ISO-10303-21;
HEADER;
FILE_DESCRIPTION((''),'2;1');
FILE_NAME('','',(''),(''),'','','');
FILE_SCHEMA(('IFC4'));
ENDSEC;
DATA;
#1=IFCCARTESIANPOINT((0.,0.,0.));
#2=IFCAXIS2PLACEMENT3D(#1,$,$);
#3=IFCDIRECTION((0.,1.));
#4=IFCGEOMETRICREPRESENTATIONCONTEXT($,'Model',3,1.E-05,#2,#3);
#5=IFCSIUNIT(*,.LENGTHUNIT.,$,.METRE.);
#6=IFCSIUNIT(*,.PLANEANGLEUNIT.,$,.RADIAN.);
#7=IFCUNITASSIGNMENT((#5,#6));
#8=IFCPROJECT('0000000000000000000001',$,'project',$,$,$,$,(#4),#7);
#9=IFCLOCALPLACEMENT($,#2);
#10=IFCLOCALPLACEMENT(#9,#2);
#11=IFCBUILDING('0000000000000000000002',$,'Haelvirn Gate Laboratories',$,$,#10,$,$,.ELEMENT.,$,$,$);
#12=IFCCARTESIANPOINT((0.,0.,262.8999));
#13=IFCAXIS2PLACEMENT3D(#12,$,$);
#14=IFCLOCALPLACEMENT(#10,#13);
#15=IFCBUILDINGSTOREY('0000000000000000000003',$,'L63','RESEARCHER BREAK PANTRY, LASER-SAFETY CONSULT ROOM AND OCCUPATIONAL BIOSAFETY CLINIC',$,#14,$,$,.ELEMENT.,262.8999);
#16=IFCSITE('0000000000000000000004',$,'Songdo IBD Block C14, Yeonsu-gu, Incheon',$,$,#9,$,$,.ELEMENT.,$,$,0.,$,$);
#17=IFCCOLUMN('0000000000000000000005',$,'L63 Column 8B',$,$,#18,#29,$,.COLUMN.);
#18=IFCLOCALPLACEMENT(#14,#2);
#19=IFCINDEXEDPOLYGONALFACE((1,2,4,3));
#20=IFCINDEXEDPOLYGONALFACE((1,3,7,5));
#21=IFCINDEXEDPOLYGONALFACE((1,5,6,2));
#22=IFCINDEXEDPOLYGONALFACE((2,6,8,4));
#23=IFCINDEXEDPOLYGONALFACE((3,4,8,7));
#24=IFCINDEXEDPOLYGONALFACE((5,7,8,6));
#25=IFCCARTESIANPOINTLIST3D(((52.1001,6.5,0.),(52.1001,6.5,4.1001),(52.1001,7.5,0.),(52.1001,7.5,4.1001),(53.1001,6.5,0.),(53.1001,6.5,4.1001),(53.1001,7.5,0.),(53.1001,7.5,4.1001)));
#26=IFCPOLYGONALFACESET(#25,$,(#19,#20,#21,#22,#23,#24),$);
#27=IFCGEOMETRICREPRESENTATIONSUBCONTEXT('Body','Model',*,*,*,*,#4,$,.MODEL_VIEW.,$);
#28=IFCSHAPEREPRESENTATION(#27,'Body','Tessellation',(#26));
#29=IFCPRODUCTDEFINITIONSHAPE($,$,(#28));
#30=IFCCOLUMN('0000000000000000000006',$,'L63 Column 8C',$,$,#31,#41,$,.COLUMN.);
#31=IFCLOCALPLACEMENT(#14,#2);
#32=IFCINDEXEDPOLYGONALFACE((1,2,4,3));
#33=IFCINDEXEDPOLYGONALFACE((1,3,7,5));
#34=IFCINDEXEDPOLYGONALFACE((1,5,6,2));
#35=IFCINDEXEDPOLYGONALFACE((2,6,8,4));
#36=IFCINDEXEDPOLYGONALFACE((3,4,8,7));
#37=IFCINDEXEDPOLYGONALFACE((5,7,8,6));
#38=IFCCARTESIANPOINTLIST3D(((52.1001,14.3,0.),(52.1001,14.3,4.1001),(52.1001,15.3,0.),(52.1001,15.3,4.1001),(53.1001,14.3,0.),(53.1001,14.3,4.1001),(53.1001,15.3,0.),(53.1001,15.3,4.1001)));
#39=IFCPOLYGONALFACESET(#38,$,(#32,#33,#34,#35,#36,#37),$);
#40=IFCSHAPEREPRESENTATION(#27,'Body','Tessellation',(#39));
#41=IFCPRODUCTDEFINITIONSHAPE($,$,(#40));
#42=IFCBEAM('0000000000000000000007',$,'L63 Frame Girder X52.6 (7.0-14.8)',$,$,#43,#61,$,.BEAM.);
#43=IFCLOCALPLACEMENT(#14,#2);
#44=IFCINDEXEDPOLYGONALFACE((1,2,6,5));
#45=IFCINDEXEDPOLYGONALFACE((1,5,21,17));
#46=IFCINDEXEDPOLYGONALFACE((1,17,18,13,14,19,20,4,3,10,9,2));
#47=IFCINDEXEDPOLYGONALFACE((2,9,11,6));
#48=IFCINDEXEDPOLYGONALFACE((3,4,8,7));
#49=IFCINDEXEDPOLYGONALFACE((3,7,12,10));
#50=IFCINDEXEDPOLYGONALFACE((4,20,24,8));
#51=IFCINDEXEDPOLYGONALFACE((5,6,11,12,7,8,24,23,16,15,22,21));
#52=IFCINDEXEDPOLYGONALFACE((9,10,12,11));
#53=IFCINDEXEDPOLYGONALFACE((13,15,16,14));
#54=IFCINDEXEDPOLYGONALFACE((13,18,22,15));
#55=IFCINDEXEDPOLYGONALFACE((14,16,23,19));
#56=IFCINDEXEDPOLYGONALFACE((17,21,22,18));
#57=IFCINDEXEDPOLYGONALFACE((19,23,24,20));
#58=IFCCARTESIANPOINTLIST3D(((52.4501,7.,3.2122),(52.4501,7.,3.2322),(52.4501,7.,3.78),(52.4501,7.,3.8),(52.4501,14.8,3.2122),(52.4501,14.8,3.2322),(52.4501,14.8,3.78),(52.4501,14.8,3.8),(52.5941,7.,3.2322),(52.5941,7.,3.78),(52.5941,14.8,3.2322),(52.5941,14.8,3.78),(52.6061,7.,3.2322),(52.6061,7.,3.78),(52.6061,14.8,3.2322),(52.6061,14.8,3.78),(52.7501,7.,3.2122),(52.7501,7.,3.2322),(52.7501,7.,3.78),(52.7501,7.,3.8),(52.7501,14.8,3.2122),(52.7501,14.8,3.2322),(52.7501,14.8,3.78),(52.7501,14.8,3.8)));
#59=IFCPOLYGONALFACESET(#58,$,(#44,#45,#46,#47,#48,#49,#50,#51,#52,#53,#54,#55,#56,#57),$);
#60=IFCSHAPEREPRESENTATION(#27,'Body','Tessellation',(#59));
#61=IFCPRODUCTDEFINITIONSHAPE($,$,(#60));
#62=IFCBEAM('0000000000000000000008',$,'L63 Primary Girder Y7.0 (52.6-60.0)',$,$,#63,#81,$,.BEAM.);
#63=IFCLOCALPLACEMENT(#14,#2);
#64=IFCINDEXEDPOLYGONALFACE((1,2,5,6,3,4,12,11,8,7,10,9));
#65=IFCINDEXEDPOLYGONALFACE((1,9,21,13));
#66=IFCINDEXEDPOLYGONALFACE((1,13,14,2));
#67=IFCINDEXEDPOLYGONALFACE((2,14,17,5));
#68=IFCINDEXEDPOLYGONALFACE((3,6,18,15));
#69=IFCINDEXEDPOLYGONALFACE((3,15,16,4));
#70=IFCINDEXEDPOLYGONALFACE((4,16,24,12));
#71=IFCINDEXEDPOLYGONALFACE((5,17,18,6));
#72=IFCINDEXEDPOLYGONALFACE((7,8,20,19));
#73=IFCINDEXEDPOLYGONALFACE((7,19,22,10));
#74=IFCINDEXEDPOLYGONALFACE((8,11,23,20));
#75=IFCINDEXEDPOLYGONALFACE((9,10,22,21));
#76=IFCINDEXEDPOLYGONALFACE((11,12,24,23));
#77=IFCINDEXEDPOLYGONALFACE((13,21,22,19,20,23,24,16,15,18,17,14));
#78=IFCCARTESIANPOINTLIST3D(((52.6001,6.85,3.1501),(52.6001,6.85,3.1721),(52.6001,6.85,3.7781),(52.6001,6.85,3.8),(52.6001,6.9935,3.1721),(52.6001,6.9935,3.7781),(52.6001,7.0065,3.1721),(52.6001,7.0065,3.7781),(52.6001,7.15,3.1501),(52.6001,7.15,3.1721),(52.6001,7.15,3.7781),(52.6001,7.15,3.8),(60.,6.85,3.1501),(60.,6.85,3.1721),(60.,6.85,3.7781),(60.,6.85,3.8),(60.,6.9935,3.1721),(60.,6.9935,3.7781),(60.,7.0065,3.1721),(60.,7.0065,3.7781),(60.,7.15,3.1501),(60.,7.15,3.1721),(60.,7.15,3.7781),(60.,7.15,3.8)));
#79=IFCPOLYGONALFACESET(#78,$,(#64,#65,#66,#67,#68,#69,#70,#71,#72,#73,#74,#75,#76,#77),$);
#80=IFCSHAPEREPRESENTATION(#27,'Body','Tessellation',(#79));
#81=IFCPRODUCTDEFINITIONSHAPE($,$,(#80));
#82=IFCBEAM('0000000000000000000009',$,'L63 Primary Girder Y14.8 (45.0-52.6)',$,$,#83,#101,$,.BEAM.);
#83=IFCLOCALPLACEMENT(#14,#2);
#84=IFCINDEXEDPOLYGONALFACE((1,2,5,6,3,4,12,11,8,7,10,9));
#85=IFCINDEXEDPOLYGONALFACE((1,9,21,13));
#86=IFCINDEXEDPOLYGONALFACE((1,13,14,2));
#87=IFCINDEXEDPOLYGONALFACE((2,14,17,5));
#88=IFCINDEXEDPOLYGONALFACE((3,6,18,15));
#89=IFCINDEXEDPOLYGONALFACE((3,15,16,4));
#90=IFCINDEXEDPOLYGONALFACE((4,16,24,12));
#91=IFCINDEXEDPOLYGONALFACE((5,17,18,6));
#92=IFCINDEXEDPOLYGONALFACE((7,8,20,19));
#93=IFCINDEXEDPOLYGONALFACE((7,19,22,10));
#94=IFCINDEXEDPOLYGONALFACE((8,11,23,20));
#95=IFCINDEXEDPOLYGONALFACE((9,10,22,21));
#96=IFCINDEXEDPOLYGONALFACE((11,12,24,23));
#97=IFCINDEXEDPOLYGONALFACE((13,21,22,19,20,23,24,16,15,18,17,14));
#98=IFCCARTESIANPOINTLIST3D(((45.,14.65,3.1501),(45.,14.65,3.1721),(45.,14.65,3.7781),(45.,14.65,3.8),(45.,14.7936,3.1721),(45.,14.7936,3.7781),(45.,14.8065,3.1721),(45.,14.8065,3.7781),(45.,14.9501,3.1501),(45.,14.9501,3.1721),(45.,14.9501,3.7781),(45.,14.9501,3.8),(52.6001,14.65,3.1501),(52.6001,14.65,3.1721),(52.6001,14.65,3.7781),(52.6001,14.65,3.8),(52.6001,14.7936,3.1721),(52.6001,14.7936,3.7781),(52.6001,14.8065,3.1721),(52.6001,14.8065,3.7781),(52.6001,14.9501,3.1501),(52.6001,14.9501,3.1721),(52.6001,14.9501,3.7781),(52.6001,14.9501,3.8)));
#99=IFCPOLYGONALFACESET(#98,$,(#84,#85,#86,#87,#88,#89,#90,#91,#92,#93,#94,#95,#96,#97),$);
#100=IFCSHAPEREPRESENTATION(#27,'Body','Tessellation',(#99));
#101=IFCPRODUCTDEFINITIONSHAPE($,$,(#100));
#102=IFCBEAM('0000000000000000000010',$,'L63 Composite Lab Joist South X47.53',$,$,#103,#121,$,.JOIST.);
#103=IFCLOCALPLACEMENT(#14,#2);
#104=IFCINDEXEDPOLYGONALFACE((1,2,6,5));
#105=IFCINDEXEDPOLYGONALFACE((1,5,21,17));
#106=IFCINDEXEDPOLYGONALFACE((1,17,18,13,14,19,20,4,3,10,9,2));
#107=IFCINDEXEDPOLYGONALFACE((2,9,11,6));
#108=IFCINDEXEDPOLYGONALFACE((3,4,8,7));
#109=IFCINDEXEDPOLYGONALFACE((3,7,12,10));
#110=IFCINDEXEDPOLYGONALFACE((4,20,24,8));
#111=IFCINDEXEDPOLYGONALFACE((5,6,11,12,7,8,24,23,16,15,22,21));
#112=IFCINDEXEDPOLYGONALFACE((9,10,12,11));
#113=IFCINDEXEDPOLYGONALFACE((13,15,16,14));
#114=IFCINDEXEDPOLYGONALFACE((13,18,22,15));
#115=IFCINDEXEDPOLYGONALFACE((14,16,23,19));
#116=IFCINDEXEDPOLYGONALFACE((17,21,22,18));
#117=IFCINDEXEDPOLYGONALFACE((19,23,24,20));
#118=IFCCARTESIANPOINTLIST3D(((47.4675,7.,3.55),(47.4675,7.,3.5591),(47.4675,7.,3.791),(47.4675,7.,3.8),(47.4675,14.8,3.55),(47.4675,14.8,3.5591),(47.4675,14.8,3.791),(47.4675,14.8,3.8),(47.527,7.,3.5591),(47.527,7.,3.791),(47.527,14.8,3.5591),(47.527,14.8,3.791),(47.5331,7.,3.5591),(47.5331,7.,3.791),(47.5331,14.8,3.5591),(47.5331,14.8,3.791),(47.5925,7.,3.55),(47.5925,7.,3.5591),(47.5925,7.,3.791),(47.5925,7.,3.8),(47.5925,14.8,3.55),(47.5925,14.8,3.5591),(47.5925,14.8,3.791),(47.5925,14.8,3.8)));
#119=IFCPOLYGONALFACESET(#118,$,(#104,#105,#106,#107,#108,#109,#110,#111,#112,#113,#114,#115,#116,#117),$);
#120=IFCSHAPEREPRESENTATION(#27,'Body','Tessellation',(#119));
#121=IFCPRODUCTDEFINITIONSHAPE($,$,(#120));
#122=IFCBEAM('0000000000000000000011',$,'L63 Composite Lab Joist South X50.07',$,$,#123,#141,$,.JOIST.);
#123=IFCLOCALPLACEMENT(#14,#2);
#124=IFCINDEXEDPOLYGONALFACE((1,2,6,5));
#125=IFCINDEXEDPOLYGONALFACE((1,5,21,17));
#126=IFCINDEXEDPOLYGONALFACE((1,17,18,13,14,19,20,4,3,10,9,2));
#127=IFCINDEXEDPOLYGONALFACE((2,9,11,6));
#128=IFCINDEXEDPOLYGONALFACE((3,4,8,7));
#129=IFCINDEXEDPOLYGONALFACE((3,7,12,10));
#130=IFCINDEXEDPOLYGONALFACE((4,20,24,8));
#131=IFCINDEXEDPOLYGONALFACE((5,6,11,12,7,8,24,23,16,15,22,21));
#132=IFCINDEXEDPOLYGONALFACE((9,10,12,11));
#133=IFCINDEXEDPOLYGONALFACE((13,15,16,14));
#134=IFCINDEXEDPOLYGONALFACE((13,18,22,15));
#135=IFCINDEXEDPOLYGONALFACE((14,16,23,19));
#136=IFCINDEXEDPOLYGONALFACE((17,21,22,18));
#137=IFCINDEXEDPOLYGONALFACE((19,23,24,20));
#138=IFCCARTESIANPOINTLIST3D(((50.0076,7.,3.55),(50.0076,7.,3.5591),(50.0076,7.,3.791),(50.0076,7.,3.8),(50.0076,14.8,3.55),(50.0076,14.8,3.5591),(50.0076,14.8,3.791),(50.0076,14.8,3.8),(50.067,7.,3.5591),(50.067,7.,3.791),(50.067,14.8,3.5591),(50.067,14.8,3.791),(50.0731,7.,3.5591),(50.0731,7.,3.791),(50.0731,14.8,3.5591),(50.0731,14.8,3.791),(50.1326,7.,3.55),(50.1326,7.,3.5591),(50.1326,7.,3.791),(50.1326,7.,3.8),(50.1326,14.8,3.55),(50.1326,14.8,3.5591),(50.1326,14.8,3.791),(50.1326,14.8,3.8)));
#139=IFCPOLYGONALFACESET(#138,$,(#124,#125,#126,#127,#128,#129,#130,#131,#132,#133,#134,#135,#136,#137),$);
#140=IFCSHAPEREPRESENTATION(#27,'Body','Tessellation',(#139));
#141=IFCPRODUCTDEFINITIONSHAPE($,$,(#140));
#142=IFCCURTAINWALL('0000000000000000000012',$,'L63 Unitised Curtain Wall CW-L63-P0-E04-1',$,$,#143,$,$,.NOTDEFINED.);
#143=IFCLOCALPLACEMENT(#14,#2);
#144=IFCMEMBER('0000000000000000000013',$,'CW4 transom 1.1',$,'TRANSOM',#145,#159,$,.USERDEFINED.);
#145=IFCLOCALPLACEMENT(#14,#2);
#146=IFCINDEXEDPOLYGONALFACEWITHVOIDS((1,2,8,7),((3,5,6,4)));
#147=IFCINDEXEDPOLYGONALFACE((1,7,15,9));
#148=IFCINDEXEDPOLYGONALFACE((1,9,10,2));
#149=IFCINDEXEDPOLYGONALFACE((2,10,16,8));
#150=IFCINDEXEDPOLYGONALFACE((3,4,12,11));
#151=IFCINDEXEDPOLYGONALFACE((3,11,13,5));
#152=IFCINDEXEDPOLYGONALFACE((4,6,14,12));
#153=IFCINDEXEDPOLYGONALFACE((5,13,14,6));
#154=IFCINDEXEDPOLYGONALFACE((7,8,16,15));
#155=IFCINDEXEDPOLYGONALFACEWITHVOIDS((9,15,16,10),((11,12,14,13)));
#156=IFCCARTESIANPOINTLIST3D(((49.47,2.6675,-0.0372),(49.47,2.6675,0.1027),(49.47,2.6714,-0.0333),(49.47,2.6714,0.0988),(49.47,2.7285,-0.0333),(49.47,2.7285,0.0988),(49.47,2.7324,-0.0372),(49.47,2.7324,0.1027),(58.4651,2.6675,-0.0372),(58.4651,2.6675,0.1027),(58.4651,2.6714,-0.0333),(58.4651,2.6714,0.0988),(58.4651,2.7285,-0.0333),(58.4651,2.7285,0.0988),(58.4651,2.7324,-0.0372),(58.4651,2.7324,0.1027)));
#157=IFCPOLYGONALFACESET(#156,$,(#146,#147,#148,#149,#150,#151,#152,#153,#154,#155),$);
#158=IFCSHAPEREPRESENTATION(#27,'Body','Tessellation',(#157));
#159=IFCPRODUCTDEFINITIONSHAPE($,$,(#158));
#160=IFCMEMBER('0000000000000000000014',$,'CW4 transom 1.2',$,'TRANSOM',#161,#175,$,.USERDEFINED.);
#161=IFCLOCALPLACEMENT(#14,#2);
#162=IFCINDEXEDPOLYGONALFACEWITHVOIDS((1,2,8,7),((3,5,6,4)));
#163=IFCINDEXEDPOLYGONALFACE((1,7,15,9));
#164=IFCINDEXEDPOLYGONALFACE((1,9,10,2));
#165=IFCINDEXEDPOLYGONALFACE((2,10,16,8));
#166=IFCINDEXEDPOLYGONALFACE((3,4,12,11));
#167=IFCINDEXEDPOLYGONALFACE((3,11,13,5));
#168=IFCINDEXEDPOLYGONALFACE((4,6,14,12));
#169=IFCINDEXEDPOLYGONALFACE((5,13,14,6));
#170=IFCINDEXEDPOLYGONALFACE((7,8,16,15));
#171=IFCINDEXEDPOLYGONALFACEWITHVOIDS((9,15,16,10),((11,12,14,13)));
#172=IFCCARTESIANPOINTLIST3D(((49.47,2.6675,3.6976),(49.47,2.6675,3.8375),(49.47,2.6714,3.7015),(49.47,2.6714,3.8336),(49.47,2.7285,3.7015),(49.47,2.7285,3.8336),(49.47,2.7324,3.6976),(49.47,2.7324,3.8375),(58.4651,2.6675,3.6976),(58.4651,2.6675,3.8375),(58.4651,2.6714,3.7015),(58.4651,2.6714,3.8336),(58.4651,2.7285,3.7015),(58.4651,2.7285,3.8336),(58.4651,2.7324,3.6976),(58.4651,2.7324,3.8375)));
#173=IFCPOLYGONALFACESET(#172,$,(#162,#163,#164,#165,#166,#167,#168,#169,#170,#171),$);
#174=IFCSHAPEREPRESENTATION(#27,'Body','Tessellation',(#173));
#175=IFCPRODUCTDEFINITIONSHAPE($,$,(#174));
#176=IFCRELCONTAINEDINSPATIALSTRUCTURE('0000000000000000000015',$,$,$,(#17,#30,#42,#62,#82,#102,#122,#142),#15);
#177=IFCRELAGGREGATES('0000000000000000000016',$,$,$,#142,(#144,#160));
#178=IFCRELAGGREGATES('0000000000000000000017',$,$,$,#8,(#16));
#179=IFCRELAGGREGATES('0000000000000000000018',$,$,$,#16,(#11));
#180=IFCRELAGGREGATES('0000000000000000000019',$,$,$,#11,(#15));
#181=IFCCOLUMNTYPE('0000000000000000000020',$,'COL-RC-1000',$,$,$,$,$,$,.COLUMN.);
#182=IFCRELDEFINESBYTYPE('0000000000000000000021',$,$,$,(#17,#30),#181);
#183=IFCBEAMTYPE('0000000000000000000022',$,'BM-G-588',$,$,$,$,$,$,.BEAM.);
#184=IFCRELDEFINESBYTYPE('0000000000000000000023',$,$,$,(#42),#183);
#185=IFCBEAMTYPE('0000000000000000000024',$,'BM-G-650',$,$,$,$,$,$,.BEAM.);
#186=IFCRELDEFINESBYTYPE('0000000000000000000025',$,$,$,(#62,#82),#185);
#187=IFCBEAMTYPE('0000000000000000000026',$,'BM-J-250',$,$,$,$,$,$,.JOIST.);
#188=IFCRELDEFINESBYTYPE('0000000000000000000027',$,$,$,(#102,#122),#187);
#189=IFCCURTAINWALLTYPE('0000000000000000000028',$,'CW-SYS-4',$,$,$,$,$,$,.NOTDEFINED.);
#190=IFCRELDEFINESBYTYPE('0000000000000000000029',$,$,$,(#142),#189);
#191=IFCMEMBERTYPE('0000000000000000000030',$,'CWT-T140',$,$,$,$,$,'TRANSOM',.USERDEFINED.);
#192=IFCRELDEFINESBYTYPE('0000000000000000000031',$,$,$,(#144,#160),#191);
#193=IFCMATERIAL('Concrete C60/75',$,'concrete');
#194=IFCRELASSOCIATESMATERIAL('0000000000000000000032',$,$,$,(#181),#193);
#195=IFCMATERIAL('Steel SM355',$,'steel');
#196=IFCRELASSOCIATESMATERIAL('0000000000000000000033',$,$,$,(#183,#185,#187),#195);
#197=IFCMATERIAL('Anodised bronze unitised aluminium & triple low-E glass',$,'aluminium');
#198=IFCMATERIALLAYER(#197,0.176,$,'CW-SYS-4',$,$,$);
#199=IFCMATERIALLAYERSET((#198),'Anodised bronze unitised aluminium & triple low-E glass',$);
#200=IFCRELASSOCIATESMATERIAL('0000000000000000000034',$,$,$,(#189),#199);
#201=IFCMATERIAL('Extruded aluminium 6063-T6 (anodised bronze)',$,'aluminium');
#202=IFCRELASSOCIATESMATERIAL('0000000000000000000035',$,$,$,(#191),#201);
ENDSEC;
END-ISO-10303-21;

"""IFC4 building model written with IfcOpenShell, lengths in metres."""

from ifc_helpers import new_model, si_unit, direction, frame, origin, origin_2d, place, context, subcontext, project, spatial, rectangle, hollow_rectangle, i_section, extrude, source, transform, mapped, material, layer, layer_set, material_profile, profile_set, type_object, type_shapes, element, aggregate, save


model = new_model("IFC4")

# Units and contexts
model_context = context("Model", 3, precision=1e-05, world=origin(), true_north=direction((0.0, 1.0)))
body_context = subcontext(model_context, "Body", "Model", "MODEL_VIEW")
ifc_project = project(units=[si_unit("LENGTHUNIT", "METRE"), si_unit("PLANEANGLEUNIT", "RADIAN")], contexts=[model_context])

# Site, building, storey
site_placement = place(None, origin())
site = spatial("IfcSite", under=ifc_project, at=site_placement, Name="Songdo IBD Block C14, Yeonsu-gu, Incheon", CompositionType="ELEMENT", RefElevation=0.0)
building_placement = place(site_placement, origin())
building = spatial("IfcBuilding", under=site, at=building_placement, Name="Haelvirn Gate Laboratories", CompositionType="ELEMENT")
storey_placement = place(building_placement, frame((0.0, 0.0, 262.8999)))
storey = spatial("IfcBuildingStorey", under=building, at=storey_placement, Name="L63", Description="RESEARCHER BREAK PANTRY, LASER-SAFETY CONSULT ROOM AND OCCUPATIONAL BIOSAFETY CLINIC", CompositionType="ELEMENT", Elevation=262.8999)

# Columns
ifc_material_1 = material(Name="Concrete C60/75", Category="concrete")
ifc_material_profile_1 = material_profile(ifc_material_1, rectangle(XDim=1.0, YDim=1.0, at=origin_2d()), Name="RC-1000x1000")
ifc_profile_set_1 = profile_set([ifc_material_profile_1], Name="Concrete C60/75")
column_type = type_object("IfcColumnType", Name="COL-RC-1000", PredefinedType="COLUMN", material=ifc_profile_set_1)
shared_shape_1 = source(origin(), body_context, "Body", "SweptSolid", [
    extrude(rectangle(XDim=1.0, YDim=1.0, at=origin_2d()), origin(), (0.0, 0.0, 1.0), 4.1001),
])
type_shapes(column_type, [shared_shape_1])
for number, where, z_axis, x_axis, name in (
    (1, (52.6001, 7.0, 0.0), (0.0, 0.0, 1.0), (1.0, 0.0, 0.0), "L63 Column 8B"),
    (2, (52.6001, 14.8, 0.0), (0.0, 0.0, 1.0), (1.0, 0.0, 0.0), "L63 Column 8C"),
):
    element("IfcColumn", number, at=place(storey_placement, frame(where, z_axis=z_axis, x_axis=x_axis)), inside=storey, type_object=column_type, Name=name, PredefinedType="COLUMN", context=body_context, shape_type="MappedRepresentation", body=[
        mapped(shared_shape_1, transform((0.0, 0.0, 0.0), scale=1.0)),
    ])

# Beams
ifc_material_2 = material(Name="Steel SM355", Category="steel")
ifc_material_profile_2 = material_profile(ifc_material_2, i_section(OverallWidth=0.3, OverallDepth=0.5879, WebThickness=0.012, FlangeThickness=0.02, at=origin_2d()), Name="H-588x300x12x20")
ifc_profile_set_2 = profile_set([ifc_material_profile_2], Name="Steel SM355")
beam_type_1 = type_object("IfcBeamType", Name="BM-G-588", PredefinedType="BEAM", material=ifc_profile_set_2)
shared_shape_2 = source(origin(), body_context, "Body", "SweptSolid", [
    extrude(i_section(OverallWidth=0.3, OverallDepth=0.5879, WebThickness=0.012, FlangeThickness=0.02, at=origin_2d()), origin(), (0.0, 0.0, 1.0), 7.8),
])
type_shapes(beam_type_1, [shared_shape_2])
beam_1_placement = place(storey_placement, frame((52.6001, 7.0, 3.5061), z_axis=(0.0, 1.0, 0.0), x_axis=(-1.0, 0.0, 0.0)))
element("IfcBeam", 3, at=beam_1_placement, inside=storey, type_object=beam_type_1, Name="L63 Frame Girder X52.6 (7.0-14.8)", PredefinedType="BEAM", context=body_context, shape_type="MappedRepresentation", body=[
    mapped(shared_shape_2, transform((0.0, 0.0, 0.0), scale=1.0)),
])
ifc_material_profile_3 = material_profile(ifc_material_2, i_section(OverallWidth=0.3, OverallDepth=0.6499, WebThickness=0.0129, FlangeThickness=0.022, at=origin_2d()), Name="H-650x300x13x22")
ifc_profile_set_3 = profile_set([ifc_material_profile_3], Name="Steel SM355")
beam_type_2 = type_object("IfcBeamType", Name="BM-G-650", PredefinedType="BEAM", material=ifc_profile_set_3)
shared_shape_3 = source(origin(), body_context, "Body", "SweptSolid", [
    extrude(i_section(OverallWidth=0.3, OverallDepth=0.6499, WebThickness=0.0129, FlangeThickness=0.022, at=origin_2d()), origin(), (0.0, 0.0, 1.0), 7.3999),
])
beam_2_placement = place(storey_placement, frame((52.6001, 7.0, 3.4751), z_axis=(1.0, 0.0, 0.0), x_axis=(0.0, 1.0, 0.0)))
element("IfcBeam", 4, at=beam_2_placement, inside=storey, type_object=beam_type_2, Name="L63 Primary Girder Y7.0 (52.6-60.0)", PredefinedType="BEAM", context=body_context, shape_type="MappedRepresentation", body=[
    mapped(shared_shape_3, transform((0.0, 0.0, 0.0), scale=1.0)),
])
shared_shape_4 = source(origin(), body_context, "Body", "SweptSolid", [
    extrude(i_section(OverallWidth=0.3, OverallDepth=0.6499, WebThickness=0.0129, FlangeThickness=0.022, at=origin_2d()), origin(), (0.0, 0.0, 1.0), 7.6001),
])
type_shapes(beam_type_2, [shared_shape_3, shared_shape_4])
beam_3_placement = place(storey_placement, frame((45.0, 14.8, 3.4751), z_axis=(1.0, 0.0, 0.0), x_axis=(0.0, 1.0, 0.0)))
element("IfcBeam", 5, at=beam_3_placement, inside=storey, type_object=beam_type_2, Name="L63 Primary Girder Y14.8 (45.0-52.6)", PredefinedType="BEAM", context=body_context, shape_type="MappedRepresentation", body=[
    mapped(shared_shape_4, transform((0.0, 0.0, 0.0), scale=1.0)),
])
ifc_material_profile_4 = material_profile(ifc_material_2, i_section(OverallWidth=0.125, OverallDepth=0.25, WebThickness=0.0061, FlangeThickness=0.009, at=origin_2d()), Name="H-250x125x6x9")
ifc_profile_set_4 = profile_set([ifc_material_profile_4], Name="Steel SM355")
beam_type_3 = type_object("IfcBeamType", Name="BM-J-250", PredefinedType="JOIST", material=ifc_profile_set_4)
shared_shape_5 = source(origin(), body_context, "Body", "SweptSolid", [
    extrude(i_section(OverallWidth=0.125, OverallDepth=0.25, WebThickness=0.0061, FlangeThickness=0.009, at=origin_2d()), origin(), (0.0, 0.0, 1.0), 7.8),
])
type_shapes(beam_type_3, [shared_shape_5])
for number, where, z_axis, x_axis, name in (
    (6, (47.53, 7.0, 3.675), (0.0, 1.0, 0.0), (-1.0, 0.0, 0.0), "L63 Composite Lab Joist South X47.53"),
    (7, (50.0701, 7.0, 3.675), (0.0, 1.0, 0.0), (-1.0, 0.0, 0.0), "L63 Composite Lab Joist South X50.07"),
):
    element("IfcBeam", number, at=place(storey_placement, frame(where, z_axis=z_axis, x_axis=x_axis)), inside=storey, type_object=beam_type_3, Name=name, PredefinedType="JOIST", context=body_context, shape_type="MappedRepresentation", body=[
        mapped(shared_shape_5, transform((0.0, 0.0, 0.0), scale=1.0)),
    ])

# Curtain wall, members
ifc_material_3 = material(Name="Anodised bronze unitised aluminium & triple low-E glass", Category="aluminium")
ifc_layer_1 = layer(ifc_material_3, 0.176, Name="CW-SYS-4")
ifc_layer_set_1 = layer_set([ifc_layer_1], Name="Anodised bronze unitised aluminium & triple low-E glass")
curtain_wall_type = type_object("IfcCurtainWallType", Name="CW-SYS-4", PredefinedType="NOTDEFINED", material=ifc_layer_set_1)
curtain_wall_1_placement = place(storey_placement, origin())
curtain_wall_1 = element("IfcCurtainWall", 8, at=curtain_wall_1_placement, inside=storey, type_object=curtain_wall_type, Name="L63 Unitised Curtain Wall CW-L63-P0-E04-1", PredefinedType="NOTDEFINED")
ifc_material_4 = material(Name="Extruded aluminium 6063-T6 (anodised bronze)", Category="aluminium")
ifc_material_profile_5 = material_profile(ifc_material_4, hollow_rectangle(XDim=0.0649, YDim=0.1399, WallThickness=0.0039, at=origin_2d()), Name="CWT-140x65x4")
ifc_profile_set_5 = profile_set([ifc_material_profile_5], Name="Extruded aluminium 6063-T6 (anodised bronze)")
member_type_1 = type_object("IfcMemberType", Name="CWT-T140", ElementType="TRANSOM", PredefinedType="USERDEFINED", material=ifc_profile_set_5)
shared_shape_6 = source(origin(), body_context, "Body", "SweptSolid", [
    extrude(hollow_rectangle(XDim=0.0649, YDim=0.1399, WallThickness=0.0039, at=origin_2d()), origin(), (0.0, 0.0, 1.0), 8.9951),
])
type_shapes(member_type_1, [shared_shape_6])
member_1_placement = place(storey_placement, frame((49.47, 2.7, 0.0327), z_axis=(1.0, 0.0, 0.0), x_axis=(0.0, 1.0, 0.0)))
member_1 = element("IfcMember", 9, at=member_1_placement, type_object=member_type_1, Name="CW4 transom 1.1", ObjectType="TRANSOM", PredefinedType="USERDEFINED", context=body_context, shape_type="MappedRepresentation", body=[
    mapped(shared_shape_6, transform((0.0, 0.0, 0.0), scale=1.0)),
])
member_2_placement = place(storey_placement, frame((49.47, 2.7, 3.7676), z_axis=(1.0, 0.0, 0.0), x_axis=(0.0, 1.0, 0.0)))
member_2 = element("IfcMember", 10, at=member_2_placement, type_object=member_type_1, Name="CW4 transom 1.2", ObjectType="TRANSOM", PredefinedType="USERDEFINED", context=body_context, shape_type="MappedRepresentation", body=[
    mapped(shared_shape_6, transform((0.0, 0.0, 0.0), scale=1.0)),
])

aggregate(curtain_wall_1, [member_1, member_2])

save(model, "model.ifc")
